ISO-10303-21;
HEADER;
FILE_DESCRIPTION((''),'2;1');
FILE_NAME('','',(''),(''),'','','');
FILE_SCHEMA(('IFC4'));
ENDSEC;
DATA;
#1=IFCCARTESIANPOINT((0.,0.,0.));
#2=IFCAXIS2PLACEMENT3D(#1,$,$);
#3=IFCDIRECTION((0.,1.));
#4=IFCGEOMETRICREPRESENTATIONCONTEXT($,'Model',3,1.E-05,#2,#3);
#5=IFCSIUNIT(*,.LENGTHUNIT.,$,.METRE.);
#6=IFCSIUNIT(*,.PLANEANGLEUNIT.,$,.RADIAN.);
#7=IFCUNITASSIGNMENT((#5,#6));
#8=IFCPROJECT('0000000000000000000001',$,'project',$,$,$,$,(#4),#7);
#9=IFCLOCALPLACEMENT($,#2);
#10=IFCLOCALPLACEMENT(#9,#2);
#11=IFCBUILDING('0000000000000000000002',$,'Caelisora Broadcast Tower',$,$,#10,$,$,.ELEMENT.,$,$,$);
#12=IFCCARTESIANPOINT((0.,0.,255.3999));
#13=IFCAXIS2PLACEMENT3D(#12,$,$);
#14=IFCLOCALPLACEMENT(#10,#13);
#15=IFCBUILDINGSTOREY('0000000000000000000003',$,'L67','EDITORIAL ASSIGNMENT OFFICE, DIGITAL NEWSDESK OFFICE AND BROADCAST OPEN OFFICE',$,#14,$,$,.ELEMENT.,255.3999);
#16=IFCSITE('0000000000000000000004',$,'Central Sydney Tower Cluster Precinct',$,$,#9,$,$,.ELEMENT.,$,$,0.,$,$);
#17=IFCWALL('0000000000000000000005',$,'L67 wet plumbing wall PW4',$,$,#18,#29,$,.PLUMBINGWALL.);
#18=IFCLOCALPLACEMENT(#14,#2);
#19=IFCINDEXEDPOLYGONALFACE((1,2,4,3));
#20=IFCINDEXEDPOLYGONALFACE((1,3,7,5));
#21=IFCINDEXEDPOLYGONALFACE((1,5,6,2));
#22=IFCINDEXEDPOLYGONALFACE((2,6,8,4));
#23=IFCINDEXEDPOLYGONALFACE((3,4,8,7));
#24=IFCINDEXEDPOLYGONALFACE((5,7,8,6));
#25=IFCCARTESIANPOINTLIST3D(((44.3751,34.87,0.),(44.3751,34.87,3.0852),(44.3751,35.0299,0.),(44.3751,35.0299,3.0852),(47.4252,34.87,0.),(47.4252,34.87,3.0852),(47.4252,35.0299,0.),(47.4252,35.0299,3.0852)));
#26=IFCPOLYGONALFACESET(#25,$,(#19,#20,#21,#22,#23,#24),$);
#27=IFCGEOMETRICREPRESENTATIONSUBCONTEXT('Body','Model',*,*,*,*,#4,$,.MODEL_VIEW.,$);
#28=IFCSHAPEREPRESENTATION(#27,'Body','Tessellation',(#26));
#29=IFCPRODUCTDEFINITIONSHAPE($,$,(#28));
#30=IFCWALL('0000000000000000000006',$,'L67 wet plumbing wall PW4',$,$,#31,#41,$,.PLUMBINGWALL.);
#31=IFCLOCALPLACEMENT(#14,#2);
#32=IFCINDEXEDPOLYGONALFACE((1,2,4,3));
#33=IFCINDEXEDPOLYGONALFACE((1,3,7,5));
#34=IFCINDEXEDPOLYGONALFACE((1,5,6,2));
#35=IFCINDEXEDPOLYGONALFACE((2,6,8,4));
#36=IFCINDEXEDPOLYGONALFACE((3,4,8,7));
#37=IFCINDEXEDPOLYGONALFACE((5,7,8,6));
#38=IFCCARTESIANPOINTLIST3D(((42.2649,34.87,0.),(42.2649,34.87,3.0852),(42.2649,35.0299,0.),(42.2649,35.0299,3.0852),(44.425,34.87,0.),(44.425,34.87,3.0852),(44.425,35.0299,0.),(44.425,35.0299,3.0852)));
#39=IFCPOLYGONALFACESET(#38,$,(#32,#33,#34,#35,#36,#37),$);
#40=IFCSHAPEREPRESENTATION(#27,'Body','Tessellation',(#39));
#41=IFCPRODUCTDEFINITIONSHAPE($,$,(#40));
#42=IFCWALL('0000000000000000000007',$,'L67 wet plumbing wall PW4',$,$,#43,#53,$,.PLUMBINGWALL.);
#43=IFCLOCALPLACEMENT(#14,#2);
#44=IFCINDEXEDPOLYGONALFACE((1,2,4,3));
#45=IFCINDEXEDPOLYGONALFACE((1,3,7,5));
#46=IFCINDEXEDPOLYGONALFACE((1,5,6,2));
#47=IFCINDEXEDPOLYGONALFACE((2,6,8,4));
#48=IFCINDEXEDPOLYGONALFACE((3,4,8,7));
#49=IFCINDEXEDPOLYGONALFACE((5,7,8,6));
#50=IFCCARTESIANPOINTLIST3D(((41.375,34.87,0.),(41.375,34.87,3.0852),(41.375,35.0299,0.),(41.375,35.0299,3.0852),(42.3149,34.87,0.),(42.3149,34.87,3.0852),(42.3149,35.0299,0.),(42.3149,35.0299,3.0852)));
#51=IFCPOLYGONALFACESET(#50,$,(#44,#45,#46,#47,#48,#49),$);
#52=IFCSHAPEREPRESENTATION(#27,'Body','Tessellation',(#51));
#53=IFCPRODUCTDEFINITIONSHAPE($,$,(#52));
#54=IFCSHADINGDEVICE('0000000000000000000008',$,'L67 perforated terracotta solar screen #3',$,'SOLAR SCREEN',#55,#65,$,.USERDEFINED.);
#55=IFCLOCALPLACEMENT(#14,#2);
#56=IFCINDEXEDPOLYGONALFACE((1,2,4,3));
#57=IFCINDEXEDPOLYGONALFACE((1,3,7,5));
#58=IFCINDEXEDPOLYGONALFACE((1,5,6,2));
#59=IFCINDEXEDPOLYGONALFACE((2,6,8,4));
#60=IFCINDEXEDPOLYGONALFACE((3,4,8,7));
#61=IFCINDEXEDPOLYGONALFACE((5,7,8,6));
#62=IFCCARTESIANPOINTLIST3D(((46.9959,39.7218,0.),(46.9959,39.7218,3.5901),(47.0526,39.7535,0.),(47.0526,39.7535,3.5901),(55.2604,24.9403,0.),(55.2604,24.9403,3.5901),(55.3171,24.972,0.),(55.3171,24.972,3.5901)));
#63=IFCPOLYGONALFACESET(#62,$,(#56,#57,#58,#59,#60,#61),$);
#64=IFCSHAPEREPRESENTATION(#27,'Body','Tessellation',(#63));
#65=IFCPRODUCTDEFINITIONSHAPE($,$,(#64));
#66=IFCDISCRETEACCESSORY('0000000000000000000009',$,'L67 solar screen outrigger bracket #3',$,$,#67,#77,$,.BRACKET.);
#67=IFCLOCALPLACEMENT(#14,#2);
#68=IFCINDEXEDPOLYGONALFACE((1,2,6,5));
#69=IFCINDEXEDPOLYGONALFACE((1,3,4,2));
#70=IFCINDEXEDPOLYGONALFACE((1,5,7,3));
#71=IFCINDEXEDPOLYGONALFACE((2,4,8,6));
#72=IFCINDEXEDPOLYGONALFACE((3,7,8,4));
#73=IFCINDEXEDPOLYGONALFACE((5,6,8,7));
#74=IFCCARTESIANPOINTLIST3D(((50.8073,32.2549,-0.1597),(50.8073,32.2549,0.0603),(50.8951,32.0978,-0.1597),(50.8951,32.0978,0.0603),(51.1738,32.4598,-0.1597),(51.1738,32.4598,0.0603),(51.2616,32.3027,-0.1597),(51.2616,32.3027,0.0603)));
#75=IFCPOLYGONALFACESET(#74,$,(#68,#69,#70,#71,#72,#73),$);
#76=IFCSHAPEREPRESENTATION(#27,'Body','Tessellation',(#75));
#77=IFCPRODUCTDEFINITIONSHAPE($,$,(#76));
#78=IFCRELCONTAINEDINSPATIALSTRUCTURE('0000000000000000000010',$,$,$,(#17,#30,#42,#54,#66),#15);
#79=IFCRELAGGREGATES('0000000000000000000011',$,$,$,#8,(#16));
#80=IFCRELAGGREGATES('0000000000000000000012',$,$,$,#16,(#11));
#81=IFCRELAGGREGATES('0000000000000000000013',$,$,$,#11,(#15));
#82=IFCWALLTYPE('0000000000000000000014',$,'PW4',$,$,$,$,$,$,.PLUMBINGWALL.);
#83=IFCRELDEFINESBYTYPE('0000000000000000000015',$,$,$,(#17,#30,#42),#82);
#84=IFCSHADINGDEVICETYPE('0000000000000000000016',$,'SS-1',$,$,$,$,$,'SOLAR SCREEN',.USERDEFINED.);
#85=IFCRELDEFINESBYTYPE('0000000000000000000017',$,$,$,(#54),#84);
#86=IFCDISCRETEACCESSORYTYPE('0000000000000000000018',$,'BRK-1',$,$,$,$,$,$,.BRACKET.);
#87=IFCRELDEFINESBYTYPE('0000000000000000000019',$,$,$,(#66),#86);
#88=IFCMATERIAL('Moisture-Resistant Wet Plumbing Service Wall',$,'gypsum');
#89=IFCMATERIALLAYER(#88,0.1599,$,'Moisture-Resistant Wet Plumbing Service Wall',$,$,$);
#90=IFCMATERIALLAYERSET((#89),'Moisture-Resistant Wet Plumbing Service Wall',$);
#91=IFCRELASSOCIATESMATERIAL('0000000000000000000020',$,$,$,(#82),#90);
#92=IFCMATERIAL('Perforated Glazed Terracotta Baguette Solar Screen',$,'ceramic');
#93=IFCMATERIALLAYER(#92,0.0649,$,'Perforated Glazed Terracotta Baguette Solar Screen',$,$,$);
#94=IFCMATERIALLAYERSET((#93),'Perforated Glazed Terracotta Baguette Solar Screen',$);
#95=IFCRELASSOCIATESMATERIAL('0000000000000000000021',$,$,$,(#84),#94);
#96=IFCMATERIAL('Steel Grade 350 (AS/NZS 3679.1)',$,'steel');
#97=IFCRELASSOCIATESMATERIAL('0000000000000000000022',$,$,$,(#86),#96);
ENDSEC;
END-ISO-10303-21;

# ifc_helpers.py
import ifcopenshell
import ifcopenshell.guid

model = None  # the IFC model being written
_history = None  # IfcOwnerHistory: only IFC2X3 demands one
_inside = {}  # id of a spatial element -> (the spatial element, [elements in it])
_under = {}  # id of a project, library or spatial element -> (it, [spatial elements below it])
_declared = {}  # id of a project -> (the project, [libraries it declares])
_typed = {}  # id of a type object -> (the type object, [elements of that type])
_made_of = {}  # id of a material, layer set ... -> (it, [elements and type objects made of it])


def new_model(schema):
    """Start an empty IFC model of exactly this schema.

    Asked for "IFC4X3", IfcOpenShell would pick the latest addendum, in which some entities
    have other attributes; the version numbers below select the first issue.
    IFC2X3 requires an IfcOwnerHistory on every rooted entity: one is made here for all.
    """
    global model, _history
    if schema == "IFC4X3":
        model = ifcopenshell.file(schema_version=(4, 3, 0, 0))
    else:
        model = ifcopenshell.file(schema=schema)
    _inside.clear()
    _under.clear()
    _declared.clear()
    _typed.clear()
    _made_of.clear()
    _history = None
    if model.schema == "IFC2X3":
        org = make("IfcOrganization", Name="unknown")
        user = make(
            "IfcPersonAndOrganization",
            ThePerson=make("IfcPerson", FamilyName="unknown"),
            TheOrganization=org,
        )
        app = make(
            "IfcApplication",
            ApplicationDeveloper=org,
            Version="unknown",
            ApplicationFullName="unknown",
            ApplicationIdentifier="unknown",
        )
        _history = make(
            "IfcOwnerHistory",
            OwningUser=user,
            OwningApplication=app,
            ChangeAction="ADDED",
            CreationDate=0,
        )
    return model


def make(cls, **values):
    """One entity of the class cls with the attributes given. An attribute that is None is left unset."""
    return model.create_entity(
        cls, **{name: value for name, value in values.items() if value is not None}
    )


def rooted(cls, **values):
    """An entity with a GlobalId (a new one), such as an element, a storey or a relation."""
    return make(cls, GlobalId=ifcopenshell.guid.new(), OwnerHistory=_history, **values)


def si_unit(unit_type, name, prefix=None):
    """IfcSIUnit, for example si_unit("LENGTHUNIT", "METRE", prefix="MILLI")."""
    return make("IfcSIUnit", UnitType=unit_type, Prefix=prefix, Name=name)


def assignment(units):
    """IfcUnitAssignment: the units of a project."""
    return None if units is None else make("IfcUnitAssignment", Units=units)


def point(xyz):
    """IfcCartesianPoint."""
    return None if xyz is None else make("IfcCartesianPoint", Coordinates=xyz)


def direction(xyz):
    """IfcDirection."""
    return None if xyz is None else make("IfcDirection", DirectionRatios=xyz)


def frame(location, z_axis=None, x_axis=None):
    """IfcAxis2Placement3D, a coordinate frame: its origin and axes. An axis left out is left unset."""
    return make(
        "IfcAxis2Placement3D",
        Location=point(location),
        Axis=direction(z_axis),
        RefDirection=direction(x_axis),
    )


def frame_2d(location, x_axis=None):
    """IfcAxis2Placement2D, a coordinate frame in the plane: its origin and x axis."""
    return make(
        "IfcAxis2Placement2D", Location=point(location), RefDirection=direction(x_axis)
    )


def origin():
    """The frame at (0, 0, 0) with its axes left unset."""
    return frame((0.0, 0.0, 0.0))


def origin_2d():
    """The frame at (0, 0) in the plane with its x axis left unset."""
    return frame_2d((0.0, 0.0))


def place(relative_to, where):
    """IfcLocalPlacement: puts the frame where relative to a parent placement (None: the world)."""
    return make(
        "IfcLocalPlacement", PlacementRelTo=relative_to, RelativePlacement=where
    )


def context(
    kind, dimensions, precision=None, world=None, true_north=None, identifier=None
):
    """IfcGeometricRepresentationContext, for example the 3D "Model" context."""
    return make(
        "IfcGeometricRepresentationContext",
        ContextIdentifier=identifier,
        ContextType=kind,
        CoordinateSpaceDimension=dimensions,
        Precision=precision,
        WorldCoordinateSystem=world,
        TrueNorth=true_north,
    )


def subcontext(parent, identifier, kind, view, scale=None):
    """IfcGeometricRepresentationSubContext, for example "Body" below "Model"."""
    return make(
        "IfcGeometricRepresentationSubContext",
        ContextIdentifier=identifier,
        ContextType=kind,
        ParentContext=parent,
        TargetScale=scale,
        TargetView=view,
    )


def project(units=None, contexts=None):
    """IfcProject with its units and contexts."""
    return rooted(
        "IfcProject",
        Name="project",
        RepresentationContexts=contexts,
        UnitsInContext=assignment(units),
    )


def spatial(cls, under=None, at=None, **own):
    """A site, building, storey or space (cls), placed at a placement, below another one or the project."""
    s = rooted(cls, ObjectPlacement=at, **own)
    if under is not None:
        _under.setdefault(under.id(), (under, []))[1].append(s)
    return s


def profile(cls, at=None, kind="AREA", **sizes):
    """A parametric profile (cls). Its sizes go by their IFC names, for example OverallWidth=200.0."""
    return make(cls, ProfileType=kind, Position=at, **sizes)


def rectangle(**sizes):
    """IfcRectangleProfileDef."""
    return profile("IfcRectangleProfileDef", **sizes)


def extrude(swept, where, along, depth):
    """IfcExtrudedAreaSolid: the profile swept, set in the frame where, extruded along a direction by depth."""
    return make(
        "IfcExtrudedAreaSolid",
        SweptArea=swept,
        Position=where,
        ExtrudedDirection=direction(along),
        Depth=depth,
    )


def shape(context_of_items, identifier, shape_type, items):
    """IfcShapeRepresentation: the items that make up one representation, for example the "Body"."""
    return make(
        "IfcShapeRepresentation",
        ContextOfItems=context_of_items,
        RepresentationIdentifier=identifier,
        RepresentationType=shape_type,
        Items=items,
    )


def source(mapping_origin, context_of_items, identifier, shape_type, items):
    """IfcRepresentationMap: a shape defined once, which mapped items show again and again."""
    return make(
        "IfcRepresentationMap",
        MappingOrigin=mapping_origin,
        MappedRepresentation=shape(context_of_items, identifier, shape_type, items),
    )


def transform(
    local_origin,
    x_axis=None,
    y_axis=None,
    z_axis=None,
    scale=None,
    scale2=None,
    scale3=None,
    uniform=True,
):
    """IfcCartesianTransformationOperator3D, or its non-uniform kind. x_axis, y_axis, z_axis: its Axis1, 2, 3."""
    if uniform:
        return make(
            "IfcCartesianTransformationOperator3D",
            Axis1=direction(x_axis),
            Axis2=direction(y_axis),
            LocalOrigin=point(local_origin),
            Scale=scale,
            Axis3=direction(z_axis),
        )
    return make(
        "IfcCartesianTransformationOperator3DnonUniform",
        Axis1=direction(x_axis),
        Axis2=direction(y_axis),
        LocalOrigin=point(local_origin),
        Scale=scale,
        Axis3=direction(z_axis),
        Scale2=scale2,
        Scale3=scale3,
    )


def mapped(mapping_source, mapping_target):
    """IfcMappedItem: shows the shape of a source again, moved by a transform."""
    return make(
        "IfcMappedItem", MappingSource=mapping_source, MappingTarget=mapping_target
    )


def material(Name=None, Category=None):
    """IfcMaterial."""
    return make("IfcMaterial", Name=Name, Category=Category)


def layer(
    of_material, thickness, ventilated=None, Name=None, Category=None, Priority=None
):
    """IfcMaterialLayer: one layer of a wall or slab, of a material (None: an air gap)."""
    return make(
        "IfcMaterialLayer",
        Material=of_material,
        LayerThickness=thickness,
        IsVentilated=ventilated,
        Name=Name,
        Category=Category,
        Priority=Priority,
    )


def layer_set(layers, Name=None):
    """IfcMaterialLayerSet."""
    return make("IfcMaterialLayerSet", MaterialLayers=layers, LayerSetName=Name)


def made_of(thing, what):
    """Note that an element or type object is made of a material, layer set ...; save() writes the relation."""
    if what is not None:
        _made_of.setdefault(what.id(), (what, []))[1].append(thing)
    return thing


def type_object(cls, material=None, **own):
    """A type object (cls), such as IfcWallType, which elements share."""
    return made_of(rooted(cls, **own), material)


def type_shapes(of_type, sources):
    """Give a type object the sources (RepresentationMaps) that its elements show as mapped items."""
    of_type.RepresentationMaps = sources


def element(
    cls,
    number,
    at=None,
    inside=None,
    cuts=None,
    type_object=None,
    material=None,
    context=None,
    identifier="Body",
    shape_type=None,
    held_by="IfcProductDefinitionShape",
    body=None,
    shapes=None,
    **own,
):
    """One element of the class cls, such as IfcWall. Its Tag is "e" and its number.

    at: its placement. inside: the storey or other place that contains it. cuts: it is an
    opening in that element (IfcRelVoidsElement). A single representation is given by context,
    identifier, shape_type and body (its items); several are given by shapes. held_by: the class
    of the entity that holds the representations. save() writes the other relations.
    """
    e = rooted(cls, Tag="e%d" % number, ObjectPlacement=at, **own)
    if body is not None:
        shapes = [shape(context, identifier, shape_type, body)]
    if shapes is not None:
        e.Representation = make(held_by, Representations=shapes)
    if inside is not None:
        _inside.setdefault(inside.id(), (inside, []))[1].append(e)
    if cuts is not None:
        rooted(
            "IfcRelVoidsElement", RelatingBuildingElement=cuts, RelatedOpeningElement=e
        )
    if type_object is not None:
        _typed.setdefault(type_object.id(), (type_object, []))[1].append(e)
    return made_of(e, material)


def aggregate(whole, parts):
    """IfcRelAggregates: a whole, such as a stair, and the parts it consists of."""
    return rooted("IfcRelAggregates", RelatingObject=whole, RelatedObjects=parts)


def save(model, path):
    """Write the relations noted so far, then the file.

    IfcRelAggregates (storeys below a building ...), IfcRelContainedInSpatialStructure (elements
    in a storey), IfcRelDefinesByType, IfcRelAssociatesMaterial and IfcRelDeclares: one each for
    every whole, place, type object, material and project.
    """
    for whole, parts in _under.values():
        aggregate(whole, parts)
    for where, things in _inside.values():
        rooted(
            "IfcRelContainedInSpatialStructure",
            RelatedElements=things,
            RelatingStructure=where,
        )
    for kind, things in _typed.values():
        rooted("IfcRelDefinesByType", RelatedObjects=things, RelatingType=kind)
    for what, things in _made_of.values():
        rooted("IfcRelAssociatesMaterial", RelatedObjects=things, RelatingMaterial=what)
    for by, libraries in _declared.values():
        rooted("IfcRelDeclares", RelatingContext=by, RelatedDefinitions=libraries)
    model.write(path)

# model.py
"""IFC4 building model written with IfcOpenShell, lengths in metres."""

from ifc_helpers import new_model, si_unit, direction, frame, frame_2d, origin, origin_2d, place, context, subcontext, project, spatial, rectangle, extrude, source, transform, mapped, material, layer, layer_set, type_object, type_shapes, element, save


model = new_model("IFC4")

# Units and contexts
model_context = context("Model", 3, precision=1e-05, world=origin(), true_north=direction((0.0, 1.0)))
body_context = subcontext(model_context, "Body", "Model", "MODEL_VIEW")
ifc_project = project(units=[si_unit("LENGTHUNIT", "METRE"), si_unit("PLANEANGLEUNIT", "RADIAN")], contexts=[model_context])

# Site, building, storey
site_placement = place(None, origin())
site = spatial("IfcSite", under=ifc_project, at=site_placement, Name="Central Sydney Tower Cluster Precinct", CompositionType="ELEMENT", RefElevation=0.0)
building_placement = place(site_placement, origin())
building = spatial("IfcBuilding", under=site, at=building_placement, Name="Caelisora Broadcast Tower", CompositionType="ELEMENT")
storey_placement = place(building_placement, frame((0.0, 0.0, 255.3999)))
storey = spatial("IfcBuildingStorey", under=building, at=storey_placement, Name="L67", Description="EDITORIAL ASSIGNMENT OFFICE, DIGITAL NEWSDESK OFFICE AND BROADCAST OPEN OFFICE", CompositionType="ELEMENT", Elevation=255.3999)

# Walls
ifc_material_1 = material(Name="Moisture-Resistant Wet Plumbing Service Wall", Category="gypsum")
ifc_layer_1 = layer(ifc_material_1, 0.1599, Name="Moisture-Resistant Wet Plumbing Service Wall")
ifc_layer_set_1 = layer_set([ifc_layer_1], Name="Moisture-Resistant Wet Plumbing Service Wall")
wall_type_1 = type_object("IfcWallType", Name="PW4", PredefinedType="PLUMBINGWALL", material=ifc_layer_set_1)
for number, where, z_axis, x_axis, name in (
    (1, (47.425, 34.95, 0.0), (0.0, 0.0, 1.0), (-1.0, 0.0, 0.0), "L67 wet plumbing wall PW4"),
):
    element("IfcWall", number, at=place(storey_placement, frame(where, z_axis=z_axis, x_axis=x_axis)), inside=storey, type_object=wall_type_1, Name=name, PredefinedType="PLUMBINGWALL", context=body_context, shape_type="SweptSolid", body=[
        extrude(rectangle(XDim=3.05, YDim=0.1599, at=frame_2d((1.5249, 0.0))), origin(), (0.0, 0.0, 1.0), 3.0852),
    ])
wall_1_placement = place(storey_placement, frame((42.2649, 34.95, 0.0), z_axis=(0.0, 0.0, 1.0), x_axis=(1.0, 0.0, 0.0)))
element("IfcWall", 2, at=wall_1_placement, inside=storey, type_object=wall_type_1, Name="L67 wet plumbing wall PW4", PredefinedType="PLUMBINGWALL", context=body_context, shape_type="SweptSolid", body=[
    extrude(rectangle(XDim=2.1602, YDim=0.1599, at=frame_2d((1.0801, 0.0))), origin(), (0.0, 0.0, 1.0), 3.0852),
])
wall_2_placement = place(storey_placement, frame((41.375, 34.95, 0.0), z_axis=(0.0, 0.0, 1.0), x_axis=(1.0, 0.0, 0.0)))
element("IfcWall", 3, at=wall_2_placement, inside=storey, type_object=wall_type_1, Name="L67 wet plumbing wall PW4", PredefinedType="PLUMBINGWALL", context=body_context, shape_type="SweptSolid", body=[
    extrude(rectangle(XDim=0.9399, YDim=0.1599, at=frame_2d((0.47, 0.0))), origin(), (0.0, 0.0, 1.0), 3.0852),
])

# Shading device
ifc_material_2 = material(Name="Perforated Glazed Terracotta Baguette Solar Screen", Category="ceramic")
ifc_layer_2 = layer(ifc_material_2, 0.0649, Name="Perforated Glazed Terracotta Baguette Solar Screen")
ifc_layer_set_2 = layer_set([ifc_layer_2], Name="Perforated Glazed Terracotta Baguette Solar Screen")
shading_device_type = type_object("IfcShadingDeviceType", Name="SS-1", ElementType="SOLAR SCREEN", PredefinedType="USERDEFINED", material=ifc_layer_set_2)
shared_shape_1 = source(origin(), body_context, "Body", "SweptSolid", [
    extrude(rectangle(XDim=16.9351, YDim=0.0649, at=origin_2d()), origin(), (0.0, 0.0, 1.0), 3.5901),
])
type_shapes(shading_device_type, [shared_shape_1])
shading_device_placement = place(storey_placement, frame((51.1565, 32.3469, 0.0), z_axis=(0.0, 0.0, 1.0), x_axis=(-0.488012, 0.872837, 0.0)))
element("IfcShadingDevice", 4, at=shading_device_placement, inside=storey, type_object=shading_device_type, Name="L67 perforated terracotta solar screen #3", ObjectType="SOLAR SCREEN", PredefinedType="USERDEFINED", context=body_context, shape_type="MappedRepresentation", body=[
    mapped(shared_shape_1, transform((0.0, 0.0, 0.0), scale=1.0)),
])

# Discrete accessory
ifc_material_3 = material(Name="Steel Grade 350 (AS/NZS 3679.1)", Category="steel")
discrete_accessory_type = type_object("IfcDiscreteAccessoryType", Name="BRK-1", PredefinedType="BRACKET", material=ifc_material_3)
shared_shape_2 = source(origin(), body_context, "Body", "SweptSolid", [
    extrude(rectangle(XDim=0.1799, YDim=0.4199, at=origin_2d()), origin(), (0.0, 0.0, 1.0), 0.22),
])
type_shapes(discrete_accessory_type, [shared_shape_2])
discrete_accessory_placement = place(storey_placement, frame((51.0344, 32.2788, -0.1597), z_axis=(0.0, 0.0, 1.0), x_axis=(-0.488012, 0.872837, 0.0)))
element("IfcDiscreteAccessory", 5, at=discrete_accessory_placement, inside=storey, type_object=discrete_accessory_type, Name="L67 solar screen outrigger bracket #3", PredefinedType="BRACKET", context=body_context, shape_type="MappedRepresentation", body=[
    mapped(shared_shape_2, transform((0.0, 0.0, 0.0), scale=1.0)),
])

save(model, "model.ifc")
